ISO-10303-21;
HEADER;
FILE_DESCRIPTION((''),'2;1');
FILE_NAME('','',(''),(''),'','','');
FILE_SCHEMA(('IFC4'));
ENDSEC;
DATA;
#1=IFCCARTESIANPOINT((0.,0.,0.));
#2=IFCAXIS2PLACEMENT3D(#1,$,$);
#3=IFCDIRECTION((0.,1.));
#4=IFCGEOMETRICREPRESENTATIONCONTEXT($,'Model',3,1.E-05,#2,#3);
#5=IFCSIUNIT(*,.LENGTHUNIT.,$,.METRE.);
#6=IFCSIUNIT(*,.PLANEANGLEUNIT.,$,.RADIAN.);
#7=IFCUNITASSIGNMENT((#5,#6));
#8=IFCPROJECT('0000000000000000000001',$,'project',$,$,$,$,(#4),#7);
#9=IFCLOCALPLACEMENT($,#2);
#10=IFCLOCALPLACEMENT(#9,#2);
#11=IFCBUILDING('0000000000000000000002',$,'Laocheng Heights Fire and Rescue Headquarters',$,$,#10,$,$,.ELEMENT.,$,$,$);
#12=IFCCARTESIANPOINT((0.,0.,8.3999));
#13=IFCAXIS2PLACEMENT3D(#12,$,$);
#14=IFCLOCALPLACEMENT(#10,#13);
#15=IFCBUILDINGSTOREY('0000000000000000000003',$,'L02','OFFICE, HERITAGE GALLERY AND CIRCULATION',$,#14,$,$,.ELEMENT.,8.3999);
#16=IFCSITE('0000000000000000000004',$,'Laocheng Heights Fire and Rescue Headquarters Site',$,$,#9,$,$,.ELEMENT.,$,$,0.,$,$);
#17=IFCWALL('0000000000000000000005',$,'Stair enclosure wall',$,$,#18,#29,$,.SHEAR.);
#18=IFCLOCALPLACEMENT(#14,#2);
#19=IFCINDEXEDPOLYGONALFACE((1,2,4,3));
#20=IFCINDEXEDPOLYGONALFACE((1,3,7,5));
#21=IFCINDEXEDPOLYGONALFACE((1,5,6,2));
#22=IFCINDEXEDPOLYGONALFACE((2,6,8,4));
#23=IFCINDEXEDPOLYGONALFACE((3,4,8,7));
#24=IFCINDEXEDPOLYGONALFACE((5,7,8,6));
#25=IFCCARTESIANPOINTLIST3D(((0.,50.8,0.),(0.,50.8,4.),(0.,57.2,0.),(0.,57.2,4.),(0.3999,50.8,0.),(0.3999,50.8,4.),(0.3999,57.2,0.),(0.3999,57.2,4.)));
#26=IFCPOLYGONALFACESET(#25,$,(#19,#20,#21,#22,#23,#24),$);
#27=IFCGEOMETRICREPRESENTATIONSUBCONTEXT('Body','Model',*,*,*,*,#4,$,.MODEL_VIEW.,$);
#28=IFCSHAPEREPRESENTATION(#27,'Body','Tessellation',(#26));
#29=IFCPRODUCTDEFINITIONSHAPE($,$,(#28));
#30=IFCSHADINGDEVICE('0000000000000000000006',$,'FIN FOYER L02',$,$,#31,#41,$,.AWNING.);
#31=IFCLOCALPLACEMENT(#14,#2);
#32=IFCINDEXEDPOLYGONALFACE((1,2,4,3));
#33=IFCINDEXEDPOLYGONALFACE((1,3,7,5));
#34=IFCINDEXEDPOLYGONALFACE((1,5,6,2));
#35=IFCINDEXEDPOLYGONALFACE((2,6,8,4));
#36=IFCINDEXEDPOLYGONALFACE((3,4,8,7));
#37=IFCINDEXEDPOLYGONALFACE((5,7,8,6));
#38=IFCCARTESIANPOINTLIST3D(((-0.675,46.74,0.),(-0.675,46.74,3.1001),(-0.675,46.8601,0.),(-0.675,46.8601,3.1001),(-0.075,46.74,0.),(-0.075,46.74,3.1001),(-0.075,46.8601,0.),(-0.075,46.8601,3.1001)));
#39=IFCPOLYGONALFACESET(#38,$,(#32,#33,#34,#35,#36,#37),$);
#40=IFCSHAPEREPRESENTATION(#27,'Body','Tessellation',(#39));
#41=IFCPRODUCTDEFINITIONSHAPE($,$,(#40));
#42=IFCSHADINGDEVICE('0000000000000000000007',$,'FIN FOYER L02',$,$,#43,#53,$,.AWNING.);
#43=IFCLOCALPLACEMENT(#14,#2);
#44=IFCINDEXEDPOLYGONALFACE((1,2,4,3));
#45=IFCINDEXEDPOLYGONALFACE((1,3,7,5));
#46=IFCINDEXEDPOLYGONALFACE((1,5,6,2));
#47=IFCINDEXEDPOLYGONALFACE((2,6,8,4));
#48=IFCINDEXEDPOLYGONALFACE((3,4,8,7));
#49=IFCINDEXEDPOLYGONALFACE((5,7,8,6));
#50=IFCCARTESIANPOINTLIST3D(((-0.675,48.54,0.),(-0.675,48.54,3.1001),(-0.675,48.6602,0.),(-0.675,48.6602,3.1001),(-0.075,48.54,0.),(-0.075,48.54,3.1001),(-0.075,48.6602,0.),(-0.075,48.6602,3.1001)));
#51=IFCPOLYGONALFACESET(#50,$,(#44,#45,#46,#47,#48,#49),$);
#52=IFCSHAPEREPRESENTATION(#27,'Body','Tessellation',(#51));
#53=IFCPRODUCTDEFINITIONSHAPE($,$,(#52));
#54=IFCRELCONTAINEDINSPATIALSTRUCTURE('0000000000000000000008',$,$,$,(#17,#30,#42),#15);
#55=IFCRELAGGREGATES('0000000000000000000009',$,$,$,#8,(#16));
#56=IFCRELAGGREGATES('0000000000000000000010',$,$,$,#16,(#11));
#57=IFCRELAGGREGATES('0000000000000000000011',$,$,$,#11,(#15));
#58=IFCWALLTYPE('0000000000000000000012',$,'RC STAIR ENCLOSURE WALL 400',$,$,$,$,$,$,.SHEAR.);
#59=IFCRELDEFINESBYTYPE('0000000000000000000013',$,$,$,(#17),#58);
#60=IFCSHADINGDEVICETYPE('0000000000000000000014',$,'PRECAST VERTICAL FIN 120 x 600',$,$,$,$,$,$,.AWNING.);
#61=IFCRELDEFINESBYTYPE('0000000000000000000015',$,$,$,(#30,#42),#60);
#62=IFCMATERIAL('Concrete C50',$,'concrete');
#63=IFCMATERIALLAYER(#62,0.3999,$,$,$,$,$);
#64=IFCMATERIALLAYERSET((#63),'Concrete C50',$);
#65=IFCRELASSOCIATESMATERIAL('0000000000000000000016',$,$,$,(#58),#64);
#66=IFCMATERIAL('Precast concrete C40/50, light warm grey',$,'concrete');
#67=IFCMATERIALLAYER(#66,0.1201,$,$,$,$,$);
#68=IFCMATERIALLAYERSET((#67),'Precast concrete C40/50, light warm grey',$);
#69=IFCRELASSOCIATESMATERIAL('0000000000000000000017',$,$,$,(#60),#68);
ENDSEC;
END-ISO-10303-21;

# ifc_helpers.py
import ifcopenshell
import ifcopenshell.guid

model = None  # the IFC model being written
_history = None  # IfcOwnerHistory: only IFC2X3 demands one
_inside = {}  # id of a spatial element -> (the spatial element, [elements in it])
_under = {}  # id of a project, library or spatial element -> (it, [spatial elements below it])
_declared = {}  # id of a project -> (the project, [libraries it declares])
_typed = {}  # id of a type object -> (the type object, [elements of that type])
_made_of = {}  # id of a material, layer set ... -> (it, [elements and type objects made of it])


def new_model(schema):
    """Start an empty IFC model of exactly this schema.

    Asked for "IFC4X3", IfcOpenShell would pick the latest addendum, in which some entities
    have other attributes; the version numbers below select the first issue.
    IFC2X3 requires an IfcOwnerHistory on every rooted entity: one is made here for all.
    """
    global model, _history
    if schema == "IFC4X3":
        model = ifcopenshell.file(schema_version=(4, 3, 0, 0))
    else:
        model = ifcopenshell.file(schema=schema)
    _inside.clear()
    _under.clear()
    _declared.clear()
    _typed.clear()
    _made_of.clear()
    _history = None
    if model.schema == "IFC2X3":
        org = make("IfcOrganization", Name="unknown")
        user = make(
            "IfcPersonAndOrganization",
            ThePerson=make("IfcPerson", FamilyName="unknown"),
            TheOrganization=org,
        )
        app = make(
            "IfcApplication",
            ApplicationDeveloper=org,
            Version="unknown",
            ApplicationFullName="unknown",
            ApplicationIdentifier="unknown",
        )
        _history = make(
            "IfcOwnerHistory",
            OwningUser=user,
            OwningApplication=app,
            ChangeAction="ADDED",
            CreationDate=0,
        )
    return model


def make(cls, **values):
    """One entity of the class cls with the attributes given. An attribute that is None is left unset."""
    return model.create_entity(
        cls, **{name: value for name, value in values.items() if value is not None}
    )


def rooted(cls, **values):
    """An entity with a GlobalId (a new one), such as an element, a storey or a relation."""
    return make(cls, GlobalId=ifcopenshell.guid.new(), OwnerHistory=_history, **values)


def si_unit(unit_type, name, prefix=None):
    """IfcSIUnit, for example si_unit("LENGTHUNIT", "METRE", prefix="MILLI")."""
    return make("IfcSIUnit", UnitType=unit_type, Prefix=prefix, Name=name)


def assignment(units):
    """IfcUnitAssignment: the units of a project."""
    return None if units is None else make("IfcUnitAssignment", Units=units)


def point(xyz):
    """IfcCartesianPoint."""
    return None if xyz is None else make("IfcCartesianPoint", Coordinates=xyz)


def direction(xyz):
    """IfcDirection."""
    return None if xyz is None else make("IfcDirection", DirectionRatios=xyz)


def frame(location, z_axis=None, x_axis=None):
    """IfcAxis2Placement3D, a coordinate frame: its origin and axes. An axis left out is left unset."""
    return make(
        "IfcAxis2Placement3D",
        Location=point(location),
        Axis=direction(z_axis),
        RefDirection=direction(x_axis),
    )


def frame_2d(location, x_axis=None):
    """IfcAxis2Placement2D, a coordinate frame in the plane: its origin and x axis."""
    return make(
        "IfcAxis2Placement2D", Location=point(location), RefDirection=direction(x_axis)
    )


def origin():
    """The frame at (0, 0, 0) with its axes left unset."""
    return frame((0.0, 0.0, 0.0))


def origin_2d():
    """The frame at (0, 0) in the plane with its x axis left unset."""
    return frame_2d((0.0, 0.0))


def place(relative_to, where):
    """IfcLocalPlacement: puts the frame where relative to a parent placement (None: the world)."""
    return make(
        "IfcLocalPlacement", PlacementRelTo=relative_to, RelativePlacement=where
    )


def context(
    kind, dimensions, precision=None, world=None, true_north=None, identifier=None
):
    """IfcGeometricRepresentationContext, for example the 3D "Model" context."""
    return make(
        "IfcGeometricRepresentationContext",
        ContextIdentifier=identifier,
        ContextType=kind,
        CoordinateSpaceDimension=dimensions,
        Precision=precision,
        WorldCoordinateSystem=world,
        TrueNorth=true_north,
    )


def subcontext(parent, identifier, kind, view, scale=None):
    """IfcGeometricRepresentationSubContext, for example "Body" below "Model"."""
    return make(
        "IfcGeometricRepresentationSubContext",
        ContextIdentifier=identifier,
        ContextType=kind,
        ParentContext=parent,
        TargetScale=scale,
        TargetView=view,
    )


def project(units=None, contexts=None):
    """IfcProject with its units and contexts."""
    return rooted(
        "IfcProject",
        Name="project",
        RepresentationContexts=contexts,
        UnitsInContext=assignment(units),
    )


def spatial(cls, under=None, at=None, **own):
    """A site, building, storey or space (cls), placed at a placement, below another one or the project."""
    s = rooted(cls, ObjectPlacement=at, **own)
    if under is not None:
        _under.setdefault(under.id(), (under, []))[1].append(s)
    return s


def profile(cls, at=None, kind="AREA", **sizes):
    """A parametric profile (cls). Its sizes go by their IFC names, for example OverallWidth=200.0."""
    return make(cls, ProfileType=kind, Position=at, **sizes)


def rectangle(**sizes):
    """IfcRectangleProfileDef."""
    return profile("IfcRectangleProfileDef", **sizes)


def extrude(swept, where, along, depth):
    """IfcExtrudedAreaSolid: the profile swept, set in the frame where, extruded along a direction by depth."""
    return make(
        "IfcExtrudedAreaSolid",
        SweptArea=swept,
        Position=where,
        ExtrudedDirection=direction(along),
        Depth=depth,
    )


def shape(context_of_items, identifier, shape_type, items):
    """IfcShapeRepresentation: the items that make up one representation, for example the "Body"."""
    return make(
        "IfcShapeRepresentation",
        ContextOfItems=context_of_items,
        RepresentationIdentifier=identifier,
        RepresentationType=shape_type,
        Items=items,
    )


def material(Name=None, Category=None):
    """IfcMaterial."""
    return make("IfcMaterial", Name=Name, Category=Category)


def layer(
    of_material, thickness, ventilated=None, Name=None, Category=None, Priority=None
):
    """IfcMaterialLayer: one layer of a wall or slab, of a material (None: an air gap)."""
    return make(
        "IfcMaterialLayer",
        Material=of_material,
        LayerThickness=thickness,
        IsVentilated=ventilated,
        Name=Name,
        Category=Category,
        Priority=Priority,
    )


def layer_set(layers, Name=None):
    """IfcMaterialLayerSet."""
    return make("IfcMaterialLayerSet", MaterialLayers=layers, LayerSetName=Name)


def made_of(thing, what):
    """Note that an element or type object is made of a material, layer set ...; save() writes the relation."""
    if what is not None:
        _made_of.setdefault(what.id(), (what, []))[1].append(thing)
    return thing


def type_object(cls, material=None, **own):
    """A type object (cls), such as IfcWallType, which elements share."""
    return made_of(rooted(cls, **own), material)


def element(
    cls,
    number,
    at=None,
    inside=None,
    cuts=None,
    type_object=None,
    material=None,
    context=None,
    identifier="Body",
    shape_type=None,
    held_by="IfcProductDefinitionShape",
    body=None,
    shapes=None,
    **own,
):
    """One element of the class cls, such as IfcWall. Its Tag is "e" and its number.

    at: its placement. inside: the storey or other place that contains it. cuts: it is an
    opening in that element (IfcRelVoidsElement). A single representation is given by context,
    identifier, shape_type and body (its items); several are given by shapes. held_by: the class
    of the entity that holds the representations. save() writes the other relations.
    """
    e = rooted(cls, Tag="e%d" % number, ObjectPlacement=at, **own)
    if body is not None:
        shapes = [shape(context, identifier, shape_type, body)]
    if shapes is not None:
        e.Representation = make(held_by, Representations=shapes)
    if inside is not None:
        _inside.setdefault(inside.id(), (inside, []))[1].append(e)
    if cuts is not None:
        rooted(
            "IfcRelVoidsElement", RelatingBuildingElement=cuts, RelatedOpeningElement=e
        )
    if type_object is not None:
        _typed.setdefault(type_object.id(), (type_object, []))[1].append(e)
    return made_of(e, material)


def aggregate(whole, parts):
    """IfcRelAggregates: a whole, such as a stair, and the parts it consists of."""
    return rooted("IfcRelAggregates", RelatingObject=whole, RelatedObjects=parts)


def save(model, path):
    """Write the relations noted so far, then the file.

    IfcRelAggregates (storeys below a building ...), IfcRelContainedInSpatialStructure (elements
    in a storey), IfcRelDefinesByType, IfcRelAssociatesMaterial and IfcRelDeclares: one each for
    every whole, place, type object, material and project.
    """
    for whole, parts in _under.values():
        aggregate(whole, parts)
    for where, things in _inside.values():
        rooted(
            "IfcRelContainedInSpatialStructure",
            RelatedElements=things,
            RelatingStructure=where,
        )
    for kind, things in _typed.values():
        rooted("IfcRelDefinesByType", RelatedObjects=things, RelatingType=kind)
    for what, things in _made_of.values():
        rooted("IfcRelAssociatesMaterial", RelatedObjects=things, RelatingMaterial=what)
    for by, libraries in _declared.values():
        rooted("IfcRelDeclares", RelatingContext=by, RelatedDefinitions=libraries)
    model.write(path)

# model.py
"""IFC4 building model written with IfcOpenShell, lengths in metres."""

from ifc_helpers import new_model, si_unit, direction, frame, frame_2d, origin, origin_2d, place, context, subcontext, project, spatial, rectangle, extrude, material, layer, layer_set, type_object, element, save


model = new_model("IFC4")

# Units and contexts
model_context = context("Model", 3, precision=1e-05, world=origin(), true_north=direction((0.0, 1.0)))
body_context = subcontext(model_context, "Body", "Model", "MODEL_VIEW")
ifc_project = project(units=[si_unit("LENGTHUNIT", "METRE"), si_unit("PLANEANGLEUNIT", "RADIAN")], contexts=[model_context])

# Site, building, storey
site_placement = place(None, origin())
site = spatial("IfcSite", under=ifc_project, at=site_placement, Name="Laocheng Heights Fire and Rescue Headquarters Site", CompositionType="ELEMENT", RefElevation=0.0)
building_placement = place(site_placement, origin())
building = spatial("IfcBuilding", under=site, at=building_placement, Name="Laocheng Heights Fire and Rescue Headquarters", CompositionType="ELEMENT")
storey_placement = place(building_placement, frame((0.0, 0.0, 8.3999)))
storey = spatial("IfcBuildingStorey", under=building, at=storey_placement, Name="L02", Description="OFFICE, HERITAGE GALLERY AND CIRCULATION", CompositionType="ELEMENT", Elevation=8.3999)

# Wall
ifc_material_1 = material(Name="Concrete C50", Category="concrete")
ifc_layer_1 = layer(ifc_material_1, 0.3999)
ifc_layer_set_1 = layer_set([ifc_layer_1], Name="Concrete C50")
wall_type_1 = type_object("IfcWallType", Name="RC STAIR ENCLOSURE WALL 400", PredefinedType="SHEAR", material=ifc_layer_set_1)
wall_1_placement = place(storey_placement, frame((0.2, 50.8, 0.0), z_axis=(0.0, 0.0, 1.0), x_axis=(0.0, 1.0, 0.0)))
element("IfcWall", 1, at=wall_1_placement, inside=storey, type_object=wall_type_1, Name="Stair enclosure wall", PredefinedType="SHEAR", context=body_context, shape_type="SweptSolid", body=[
    extrude(rectangle(XDim=6.3999, YDim=0.3999, at=frame_2d((3.2, 0.0))), origin(), (0.0, 0.0, 1.0), 4.0),
])

# Shading devices
ifc_material_2 = material(Name="Precast concrete C40/50, light warm grey", Category="concrete")
ifc_layer_2 = layer(ifc_material_2, 0.1201)
ifc_layer_set_2 = layer_set([ifc_layer_2], Name="Precast concrete C40/50, light warm grey")
shading_device_type = type_object("IfcShadingDeviceType", Name="PRECAST VERTICAL FIN 120 x 600", PredefinedType="AWNING", material=ifc_layer_set_2)
for number, where, z_axis, x_axis, name in (
    (2, (-0.375, 46.8, 0.0), (0.0, 0.0, 1.0), (1.0, 0.0, 0.0), "FIN FOYER L02"),
    (3, (-0.375, 48.6001, 0.0), (0.0, 0.0, 1.0), (1.0, 0.0, 0.0), "FIN FOYER L02"),
):
    element("IfcShadingDevice", number, at=place(storey_placement, frame(where, z_axis=z_axis, x_axis=x_axis)), inside=storey, type_object=shading_device_type, Name=name, PredefinedType="AWNING", context=body_context, shape_type="SweptSolid", body=[
        extrude(rectangle(XDim=0.6001, YDim=0.1201, at=origin_2d()), origin(), (0.0, 0.0, 1.0), 3.1001),
    ])

save(model, "model.ifc")
